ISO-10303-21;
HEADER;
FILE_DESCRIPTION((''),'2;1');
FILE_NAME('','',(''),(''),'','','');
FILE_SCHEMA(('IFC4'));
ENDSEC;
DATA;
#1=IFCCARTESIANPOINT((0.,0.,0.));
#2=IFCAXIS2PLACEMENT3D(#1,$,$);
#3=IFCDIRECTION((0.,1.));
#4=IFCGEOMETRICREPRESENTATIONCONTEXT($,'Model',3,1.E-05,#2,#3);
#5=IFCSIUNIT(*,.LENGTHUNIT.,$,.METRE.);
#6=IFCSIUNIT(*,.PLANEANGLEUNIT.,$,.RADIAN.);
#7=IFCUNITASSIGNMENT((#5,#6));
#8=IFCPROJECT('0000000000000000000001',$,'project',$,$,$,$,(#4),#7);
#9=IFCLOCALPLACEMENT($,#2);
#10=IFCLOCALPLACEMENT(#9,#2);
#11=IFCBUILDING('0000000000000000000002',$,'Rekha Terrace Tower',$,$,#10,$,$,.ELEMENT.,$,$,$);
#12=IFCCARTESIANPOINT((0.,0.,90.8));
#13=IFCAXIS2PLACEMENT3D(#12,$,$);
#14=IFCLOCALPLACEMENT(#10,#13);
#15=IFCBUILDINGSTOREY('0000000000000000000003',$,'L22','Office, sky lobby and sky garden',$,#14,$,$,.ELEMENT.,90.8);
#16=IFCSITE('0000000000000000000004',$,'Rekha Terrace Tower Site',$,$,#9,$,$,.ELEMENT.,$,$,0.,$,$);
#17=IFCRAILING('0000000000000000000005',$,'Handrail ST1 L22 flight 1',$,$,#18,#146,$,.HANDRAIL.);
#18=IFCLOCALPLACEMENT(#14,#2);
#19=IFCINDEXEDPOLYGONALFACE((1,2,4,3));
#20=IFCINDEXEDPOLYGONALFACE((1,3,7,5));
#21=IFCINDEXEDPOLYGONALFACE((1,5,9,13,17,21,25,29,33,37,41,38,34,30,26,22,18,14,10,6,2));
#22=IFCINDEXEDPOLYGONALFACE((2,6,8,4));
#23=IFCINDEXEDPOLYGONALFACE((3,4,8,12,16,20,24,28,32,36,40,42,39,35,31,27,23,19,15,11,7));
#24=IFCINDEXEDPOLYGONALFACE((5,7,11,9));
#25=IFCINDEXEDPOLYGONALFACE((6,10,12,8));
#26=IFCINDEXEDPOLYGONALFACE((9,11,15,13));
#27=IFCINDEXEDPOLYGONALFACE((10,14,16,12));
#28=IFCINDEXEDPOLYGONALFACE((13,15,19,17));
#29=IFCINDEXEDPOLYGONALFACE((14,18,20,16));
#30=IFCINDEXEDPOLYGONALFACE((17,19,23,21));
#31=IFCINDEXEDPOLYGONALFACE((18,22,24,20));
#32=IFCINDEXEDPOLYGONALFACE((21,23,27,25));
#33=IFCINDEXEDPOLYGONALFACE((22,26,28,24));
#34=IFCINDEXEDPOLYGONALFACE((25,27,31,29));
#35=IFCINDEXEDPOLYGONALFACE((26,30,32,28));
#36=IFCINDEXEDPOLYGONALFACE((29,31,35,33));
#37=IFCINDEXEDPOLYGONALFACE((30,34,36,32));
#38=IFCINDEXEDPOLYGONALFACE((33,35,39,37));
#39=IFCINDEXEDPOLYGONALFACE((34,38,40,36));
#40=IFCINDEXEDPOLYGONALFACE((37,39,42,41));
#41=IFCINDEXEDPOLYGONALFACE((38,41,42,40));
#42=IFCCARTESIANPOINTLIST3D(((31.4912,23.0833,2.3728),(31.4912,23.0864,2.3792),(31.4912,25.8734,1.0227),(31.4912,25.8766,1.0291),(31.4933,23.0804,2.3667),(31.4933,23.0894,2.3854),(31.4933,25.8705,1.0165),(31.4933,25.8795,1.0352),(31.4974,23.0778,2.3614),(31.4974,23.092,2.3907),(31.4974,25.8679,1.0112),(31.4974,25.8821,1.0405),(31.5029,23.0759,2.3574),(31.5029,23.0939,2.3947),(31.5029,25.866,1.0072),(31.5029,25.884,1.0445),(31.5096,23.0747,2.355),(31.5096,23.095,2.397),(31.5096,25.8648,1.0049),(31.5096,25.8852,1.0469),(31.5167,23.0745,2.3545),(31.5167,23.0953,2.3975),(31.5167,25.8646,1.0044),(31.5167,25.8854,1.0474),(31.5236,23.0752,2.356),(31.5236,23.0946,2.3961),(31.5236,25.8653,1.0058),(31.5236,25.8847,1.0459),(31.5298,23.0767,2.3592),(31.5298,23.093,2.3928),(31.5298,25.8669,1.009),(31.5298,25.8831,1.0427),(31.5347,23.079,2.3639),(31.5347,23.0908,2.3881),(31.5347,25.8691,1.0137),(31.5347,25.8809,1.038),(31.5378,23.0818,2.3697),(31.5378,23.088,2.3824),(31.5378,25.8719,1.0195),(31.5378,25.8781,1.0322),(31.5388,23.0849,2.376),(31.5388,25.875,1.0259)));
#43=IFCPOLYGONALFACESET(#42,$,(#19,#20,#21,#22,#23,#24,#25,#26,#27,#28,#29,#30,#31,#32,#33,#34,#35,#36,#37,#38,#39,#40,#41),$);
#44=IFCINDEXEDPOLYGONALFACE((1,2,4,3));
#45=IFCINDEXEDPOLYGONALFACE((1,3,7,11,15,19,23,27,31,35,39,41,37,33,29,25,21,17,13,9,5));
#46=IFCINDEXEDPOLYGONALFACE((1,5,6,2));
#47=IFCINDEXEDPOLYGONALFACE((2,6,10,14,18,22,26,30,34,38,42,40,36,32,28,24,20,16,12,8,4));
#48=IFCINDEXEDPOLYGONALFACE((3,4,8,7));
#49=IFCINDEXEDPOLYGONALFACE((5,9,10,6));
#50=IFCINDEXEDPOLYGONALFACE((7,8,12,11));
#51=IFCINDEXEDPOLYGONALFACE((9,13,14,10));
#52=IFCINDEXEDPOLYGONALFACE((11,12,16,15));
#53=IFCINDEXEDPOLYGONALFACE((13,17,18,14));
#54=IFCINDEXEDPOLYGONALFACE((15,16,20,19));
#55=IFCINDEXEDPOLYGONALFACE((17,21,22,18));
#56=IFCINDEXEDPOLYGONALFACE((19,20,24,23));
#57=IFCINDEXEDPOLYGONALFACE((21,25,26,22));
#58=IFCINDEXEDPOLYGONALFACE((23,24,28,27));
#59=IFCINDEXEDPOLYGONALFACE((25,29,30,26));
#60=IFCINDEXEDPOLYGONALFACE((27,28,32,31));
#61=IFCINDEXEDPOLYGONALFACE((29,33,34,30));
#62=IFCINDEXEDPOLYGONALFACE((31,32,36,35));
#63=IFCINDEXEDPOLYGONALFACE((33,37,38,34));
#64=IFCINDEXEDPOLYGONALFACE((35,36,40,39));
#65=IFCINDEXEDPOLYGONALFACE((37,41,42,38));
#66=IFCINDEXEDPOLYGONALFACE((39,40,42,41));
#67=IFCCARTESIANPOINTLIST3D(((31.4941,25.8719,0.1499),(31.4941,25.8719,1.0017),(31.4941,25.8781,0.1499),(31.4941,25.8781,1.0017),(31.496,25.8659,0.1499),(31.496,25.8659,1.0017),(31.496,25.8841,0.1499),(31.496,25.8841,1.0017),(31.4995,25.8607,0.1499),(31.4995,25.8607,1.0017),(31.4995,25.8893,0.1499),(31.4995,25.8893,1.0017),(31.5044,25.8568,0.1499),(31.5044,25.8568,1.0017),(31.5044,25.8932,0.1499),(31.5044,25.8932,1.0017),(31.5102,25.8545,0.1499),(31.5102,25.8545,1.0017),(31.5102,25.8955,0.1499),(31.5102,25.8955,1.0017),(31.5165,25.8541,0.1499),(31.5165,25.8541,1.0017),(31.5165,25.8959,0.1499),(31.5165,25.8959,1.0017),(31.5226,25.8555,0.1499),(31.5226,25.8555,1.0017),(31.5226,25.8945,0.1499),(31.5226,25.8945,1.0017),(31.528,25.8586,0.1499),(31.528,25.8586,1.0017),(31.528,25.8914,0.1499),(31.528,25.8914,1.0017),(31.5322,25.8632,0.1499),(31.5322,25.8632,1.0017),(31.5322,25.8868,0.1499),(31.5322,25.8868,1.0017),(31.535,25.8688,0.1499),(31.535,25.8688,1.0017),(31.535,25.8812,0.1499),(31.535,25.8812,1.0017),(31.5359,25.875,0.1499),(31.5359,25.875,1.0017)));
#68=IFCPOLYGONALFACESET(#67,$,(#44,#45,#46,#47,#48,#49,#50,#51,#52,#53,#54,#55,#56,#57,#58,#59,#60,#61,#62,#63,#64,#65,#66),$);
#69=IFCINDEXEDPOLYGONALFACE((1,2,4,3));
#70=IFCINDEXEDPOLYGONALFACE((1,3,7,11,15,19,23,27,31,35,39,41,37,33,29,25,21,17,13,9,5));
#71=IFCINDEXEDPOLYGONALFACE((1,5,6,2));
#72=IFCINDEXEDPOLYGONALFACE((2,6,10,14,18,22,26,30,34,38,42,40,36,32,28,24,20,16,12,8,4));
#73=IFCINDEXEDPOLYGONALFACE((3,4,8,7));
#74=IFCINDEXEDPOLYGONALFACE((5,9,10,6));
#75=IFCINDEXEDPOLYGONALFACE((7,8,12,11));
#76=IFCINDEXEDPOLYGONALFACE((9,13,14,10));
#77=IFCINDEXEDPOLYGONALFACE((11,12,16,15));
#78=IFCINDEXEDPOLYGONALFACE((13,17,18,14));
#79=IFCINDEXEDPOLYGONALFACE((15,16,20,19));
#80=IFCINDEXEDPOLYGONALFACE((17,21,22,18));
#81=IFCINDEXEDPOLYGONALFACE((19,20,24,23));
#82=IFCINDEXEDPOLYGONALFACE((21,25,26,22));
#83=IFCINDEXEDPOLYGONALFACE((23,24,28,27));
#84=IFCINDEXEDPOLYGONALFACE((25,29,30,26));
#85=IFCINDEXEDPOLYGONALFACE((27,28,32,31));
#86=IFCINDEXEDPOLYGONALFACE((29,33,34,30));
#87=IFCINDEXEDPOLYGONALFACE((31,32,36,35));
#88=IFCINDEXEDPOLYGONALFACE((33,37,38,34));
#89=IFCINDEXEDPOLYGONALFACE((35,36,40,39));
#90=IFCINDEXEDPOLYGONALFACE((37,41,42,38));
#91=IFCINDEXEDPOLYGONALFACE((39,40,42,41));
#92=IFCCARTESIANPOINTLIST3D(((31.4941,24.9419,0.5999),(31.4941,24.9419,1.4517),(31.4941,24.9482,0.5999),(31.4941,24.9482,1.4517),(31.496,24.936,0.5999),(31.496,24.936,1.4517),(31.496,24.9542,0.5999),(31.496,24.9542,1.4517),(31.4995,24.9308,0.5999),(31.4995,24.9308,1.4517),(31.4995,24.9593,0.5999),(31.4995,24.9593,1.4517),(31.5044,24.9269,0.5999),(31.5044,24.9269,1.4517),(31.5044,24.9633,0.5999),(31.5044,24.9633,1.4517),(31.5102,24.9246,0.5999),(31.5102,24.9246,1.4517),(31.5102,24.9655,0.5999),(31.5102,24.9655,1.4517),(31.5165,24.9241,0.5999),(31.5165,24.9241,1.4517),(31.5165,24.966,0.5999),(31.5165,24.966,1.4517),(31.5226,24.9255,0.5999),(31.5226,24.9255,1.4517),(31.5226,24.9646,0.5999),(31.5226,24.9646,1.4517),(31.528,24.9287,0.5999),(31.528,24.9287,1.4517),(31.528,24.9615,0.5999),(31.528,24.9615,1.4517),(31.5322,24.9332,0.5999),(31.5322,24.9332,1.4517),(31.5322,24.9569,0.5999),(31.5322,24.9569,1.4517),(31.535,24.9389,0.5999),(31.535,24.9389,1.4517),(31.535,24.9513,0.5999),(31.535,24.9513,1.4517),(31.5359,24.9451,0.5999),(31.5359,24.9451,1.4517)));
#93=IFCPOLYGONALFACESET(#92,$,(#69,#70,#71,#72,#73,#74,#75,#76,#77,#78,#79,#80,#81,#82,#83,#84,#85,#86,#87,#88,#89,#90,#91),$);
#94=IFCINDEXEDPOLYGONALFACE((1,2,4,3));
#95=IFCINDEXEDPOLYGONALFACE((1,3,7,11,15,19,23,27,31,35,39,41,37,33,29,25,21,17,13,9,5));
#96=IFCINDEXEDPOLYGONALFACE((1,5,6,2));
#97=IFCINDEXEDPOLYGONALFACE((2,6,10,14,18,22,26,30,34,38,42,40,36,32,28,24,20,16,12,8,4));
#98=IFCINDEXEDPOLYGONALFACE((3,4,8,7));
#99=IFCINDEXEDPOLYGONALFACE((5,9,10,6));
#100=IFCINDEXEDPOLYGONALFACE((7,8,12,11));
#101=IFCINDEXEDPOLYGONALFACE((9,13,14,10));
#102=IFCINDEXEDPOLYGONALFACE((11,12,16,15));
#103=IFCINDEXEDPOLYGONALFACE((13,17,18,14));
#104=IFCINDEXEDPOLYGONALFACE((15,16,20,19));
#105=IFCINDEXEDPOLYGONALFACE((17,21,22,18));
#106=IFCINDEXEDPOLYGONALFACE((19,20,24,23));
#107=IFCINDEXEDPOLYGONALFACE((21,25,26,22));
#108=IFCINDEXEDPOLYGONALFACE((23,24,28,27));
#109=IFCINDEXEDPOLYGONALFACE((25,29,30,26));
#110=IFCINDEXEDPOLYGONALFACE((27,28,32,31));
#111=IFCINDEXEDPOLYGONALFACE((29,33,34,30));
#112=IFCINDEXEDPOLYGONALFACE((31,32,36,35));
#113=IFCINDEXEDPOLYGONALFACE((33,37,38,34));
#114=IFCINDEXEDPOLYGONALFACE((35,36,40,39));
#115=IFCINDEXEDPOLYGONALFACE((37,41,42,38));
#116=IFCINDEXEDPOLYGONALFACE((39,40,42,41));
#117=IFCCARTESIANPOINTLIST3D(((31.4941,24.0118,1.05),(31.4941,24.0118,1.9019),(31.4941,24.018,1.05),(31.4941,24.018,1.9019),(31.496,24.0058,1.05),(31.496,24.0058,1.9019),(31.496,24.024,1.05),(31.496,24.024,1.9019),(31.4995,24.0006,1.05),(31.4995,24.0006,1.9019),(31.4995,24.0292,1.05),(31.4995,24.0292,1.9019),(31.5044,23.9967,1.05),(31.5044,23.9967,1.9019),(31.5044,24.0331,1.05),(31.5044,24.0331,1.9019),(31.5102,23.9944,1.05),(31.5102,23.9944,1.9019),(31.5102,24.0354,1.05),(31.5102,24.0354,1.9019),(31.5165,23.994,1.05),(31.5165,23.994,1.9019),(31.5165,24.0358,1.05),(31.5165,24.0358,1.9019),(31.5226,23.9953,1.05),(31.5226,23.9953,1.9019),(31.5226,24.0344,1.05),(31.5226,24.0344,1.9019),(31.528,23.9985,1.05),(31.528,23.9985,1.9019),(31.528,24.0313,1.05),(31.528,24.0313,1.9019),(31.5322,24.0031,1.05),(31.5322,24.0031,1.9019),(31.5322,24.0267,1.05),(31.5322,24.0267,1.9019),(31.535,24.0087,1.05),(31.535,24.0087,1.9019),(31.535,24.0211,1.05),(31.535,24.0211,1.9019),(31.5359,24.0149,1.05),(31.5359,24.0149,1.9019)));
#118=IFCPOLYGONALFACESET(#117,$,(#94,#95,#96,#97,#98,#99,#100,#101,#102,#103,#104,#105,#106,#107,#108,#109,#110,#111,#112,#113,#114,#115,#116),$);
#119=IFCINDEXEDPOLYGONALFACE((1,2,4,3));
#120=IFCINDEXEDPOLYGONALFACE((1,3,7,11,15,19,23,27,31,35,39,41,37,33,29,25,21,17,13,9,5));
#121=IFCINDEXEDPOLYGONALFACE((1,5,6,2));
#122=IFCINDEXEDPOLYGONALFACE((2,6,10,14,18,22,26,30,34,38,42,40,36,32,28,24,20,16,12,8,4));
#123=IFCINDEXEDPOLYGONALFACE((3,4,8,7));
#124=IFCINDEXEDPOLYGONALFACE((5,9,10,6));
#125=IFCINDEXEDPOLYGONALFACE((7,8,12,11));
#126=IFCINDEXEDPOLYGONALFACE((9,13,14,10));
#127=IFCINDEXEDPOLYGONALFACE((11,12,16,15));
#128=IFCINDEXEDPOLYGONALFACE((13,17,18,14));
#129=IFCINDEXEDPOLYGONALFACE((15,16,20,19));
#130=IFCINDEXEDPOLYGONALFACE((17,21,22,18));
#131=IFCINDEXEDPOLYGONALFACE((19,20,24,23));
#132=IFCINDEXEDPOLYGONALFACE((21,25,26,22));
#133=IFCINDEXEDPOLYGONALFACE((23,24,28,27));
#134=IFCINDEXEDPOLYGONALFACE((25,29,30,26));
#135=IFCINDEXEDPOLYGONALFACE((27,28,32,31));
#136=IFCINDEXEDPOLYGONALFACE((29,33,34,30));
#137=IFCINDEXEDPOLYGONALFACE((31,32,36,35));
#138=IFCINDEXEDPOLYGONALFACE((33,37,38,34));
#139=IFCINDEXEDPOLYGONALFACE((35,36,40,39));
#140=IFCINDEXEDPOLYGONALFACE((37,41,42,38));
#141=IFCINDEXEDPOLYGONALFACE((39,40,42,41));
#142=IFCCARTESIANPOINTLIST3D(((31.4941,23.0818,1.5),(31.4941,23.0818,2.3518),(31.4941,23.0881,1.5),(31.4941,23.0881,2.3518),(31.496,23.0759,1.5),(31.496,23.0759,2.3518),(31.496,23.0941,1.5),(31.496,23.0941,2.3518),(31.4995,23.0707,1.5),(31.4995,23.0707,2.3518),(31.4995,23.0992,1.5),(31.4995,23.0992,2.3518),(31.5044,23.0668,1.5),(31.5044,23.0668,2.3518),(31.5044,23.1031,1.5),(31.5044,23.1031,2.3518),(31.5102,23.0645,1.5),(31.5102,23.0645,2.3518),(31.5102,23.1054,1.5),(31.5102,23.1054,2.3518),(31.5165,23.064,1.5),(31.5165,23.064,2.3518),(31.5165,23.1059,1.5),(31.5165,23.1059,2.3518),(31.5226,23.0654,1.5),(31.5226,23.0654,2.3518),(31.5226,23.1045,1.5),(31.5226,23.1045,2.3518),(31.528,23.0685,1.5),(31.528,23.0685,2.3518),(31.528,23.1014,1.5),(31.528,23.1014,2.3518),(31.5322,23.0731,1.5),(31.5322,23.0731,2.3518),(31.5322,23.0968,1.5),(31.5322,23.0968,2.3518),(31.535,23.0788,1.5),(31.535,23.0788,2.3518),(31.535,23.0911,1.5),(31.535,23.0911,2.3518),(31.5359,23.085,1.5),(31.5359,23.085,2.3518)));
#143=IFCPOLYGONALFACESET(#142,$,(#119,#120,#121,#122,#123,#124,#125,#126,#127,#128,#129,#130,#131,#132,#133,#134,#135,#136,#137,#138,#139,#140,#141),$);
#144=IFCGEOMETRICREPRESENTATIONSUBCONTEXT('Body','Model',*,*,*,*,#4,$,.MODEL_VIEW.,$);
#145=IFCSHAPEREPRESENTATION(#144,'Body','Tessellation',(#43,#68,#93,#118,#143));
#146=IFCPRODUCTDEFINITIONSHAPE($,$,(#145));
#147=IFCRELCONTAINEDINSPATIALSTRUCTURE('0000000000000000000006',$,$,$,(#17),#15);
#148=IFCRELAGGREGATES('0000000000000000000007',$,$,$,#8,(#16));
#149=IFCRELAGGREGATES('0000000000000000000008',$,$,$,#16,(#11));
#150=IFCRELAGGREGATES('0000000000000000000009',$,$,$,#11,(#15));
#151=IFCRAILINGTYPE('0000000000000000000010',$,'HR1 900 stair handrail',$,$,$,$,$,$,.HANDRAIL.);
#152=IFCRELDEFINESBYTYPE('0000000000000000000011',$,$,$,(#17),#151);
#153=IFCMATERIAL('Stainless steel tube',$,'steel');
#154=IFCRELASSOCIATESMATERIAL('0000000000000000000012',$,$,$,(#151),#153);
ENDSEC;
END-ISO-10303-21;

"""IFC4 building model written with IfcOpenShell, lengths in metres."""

from ifc_helpers import new_model, si_unit, direction, frame, origin, origin_2d, place, context, subcontext, project, spatial, circle, extrude, material, type_object, element, save


model = new_model("IFC4")

# Units and contexts
model_context = context("Model", 3, precision=1e-05, world=origin(), true_north=direction((0.0, 1.0)))
body_context = subcontext(model_context, "Body", "Model", "MODEL_VIEW")
ifc_project = project(units=[si_unit("LENGTHUNIT", "METRE"), si_unit("PLANEANGLEUNIT", "RADIAN")], contexts=[model_context])

# Site, building, storey
site_placement = place(None, origin())
site = spatial("IfcSite", under=ifc_project, at=site_placement, Name="Rekha Terrace Tower Site", CompositionType="ELEMENT", RefElevation=0.0)
building_placement = place(site_placement, origin())
building = spatial("IfcBuilding", under=site, at=building_placement, Name="Rekha Terrace Tower", CompositionType="ELEMENT")
storey_placement = place(building_placement, frame((0.0, 0.0, 90.8)))
storey = spatial("IfcBuildingStorey", under=building, at=storey_placement, Name="L22", Description="Office, sky lobby and sky garden", CompositionType="ELEMENT", Elevation=90.8)

# Railing
ifc_material_1 = material(Name="Stainless steel tube", Category="steel")
railing_type_1 = type_object("IfcRailingType", Name="HR1 900 stair handrail", PredefinedType="HANDRAIL", material=ifc_material_1)
railing_1_placement = place(storey_placement, frame((31.5149, 25.875, 0.1499)))
element("IfcRailing", 1, at=railing_1_placement, inside=storey, type_object=railing_type_1, Name="Handrail ST1 L22 flight 1", PredefinedType="HANDRAIL", context=body_context, shape_type="SweptSolid", body=[
    extrude(circle(Radius=0.0239, at=origin_2d()), frame((0.0, 0.0, 0.876), z_axis=(0.0, -0.900149, 0.435582), x_axis=(1.0, 0.0, 0.0)), (0.0, 0.0, 1.0), 3.0996),
    extrude(circle(Radius=0.021, at=origin_2d()), origin(), (0.0, 0.0, 1.0), 0.8518),
    extrude(circle(Radius=0.021, at=origin_2d()), frame((0.0, -0.9299, 0.45)), (0.0, 0.0, 1.0), 0.8518),
    extrude(circle(Radius=0.021, at=origin_2d()), frame((0.0, -1.8601, 0.9001)), (0.0, 0.0, 1.0), 0.8518),
    extrude(circle(Radius=0.021, at=origin_2d()), frame((0.0, -2.79, 1.3501)), (0.0, 0.0, 1.0), 0.8518),
])

save(model, "model.ifc")
